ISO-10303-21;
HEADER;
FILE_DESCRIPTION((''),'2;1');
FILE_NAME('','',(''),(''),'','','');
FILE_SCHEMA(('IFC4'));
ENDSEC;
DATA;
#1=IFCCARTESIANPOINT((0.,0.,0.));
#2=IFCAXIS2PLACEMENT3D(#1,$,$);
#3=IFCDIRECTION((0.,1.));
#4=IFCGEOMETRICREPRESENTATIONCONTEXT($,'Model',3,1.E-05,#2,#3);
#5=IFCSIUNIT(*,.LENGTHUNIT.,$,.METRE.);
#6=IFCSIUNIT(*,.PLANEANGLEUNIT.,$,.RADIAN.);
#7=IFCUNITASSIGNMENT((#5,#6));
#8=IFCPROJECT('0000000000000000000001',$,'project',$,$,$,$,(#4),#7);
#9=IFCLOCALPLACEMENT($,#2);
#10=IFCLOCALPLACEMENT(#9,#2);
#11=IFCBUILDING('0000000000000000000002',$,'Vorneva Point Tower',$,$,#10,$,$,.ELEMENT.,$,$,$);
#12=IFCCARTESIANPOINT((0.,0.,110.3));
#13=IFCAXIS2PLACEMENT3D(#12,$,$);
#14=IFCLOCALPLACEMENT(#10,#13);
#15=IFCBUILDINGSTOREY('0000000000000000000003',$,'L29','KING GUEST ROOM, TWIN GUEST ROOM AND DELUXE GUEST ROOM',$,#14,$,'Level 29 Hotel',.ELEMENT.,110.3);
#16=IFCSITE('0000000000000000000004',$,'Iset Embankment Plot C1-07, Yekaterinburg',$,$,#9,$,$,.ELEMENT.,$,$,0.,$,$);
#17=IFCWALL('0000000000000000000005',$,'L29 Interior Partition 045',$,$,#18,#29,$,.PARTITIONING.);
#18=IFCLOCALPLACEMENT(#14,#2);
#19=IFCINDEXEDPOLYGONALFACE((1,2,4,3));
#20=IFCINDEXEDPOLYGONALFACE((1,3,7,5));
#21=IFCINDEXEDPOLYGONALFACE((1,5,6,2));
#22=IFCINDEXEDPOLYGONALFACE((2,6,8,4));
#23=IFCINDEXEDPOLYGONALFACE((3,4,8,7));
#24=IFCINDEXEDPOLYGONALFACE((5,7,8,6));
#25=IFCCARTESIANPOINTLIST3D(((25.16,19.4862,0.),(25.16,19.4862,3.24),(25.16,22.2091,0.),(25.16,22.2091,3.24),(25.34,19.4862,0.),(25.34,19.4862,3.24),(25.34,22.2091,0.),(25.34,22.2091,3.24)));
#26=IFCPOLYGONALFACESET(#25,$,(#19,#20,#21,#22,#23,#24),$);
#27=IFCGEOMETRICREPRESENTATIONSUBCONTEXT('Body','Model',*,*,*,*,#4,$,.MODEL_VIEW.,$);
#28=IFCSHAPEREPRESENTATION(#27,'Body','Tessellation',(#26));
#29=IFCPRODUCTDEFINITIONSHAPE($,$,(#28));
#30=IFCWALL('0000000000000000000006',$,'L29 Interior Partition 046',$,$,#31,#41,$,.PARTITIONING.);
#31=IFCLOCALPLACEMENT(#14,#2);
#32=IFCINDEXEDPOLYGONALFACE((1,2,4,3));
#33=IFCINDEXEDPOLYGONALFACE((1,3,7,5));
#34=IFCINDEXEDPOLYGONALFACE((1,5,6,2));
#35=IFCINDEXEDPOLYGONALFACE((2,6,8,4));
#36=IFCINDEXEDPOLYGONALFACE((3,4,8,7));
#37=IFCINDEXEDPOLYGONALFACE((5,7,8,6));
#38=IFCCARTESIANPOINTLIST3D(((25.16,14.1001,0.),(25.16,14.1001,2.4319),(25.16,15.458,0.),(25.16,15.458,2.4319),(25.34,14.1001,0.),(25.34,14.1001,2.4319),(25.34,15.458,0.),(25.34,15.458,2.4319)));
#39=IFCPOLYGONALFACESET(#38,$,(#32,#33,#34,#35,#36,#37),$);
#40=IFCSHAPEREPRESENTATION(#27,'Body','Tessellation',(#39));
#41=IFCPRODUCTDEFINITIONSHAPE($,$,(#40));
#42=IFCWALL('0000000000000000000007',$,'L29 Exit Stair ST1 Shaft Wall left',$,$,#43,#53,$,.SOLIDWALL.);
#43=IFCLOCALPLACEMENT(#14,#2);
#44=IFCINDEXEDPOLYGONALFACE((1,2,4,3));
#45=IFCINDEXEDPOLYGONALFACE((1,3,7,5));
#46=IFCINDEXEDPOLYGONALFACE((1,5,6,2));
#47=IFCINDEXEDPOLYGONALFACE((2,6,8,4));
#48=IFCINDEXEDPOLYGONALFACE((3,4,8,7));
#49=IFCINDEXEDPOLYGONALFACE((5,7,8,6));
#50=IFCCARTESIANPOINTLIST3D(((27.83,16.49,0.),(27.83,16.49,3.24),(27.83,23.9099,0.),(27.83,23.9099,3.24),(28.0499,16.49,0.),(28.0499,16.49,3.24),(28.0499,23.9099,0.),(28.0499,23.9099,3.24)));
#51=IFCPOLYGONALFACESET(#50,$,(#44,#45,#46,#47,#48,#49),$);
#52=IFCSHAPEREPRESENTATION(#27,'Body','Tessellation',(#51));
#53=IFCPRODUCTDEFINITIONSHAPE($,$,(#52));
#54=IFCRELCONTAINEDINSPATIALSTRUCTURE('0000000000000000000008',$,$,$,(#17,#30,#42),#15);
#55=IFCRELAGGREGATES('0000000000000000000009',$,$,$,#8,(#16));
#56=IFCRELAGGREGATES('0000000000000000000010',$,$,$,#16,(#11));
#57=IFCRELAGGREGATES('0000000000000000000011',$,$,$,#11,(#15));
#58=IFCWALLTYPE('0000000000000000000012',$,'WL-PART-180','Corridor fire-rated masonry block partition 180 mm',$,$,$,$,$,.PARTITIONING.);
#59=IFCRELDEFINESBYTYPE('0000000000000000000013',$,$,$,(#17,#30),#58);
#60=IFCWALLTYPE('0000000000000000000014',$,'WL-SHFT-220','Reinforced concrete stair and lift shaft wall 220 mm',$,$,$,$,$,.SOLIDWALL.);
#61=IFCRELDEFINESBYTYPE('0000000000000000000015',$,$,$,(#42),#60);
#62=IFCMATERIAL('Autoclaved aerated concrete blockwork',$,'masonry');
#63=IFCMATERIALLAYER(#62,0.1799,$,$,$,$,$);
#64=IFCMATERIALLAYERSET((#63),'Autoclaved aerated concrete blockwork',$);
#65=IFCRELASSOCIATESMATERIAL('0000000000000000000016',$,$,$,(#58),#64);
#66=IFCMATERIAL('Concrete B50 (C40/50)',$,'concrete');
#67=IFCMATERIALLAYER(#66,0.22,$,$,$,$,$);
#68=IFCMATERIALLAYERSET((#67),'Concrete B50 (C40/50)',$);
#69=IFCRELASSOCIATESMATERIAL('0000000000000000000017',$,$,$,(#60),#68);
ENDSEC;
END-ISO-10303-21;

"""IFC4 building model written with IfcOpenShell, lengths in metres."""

from ifc_helpers import new_model, si_unit, direction, frame, frame_2d, origin, place, context, subcontext, project, spatial, rectangle, extrude, material, layer, layer_set, type_object, element, save


model = new_model("IFC4")

# Units and contexts
model_context = context("Model", 3, precision=1e-05, world=origin(), true_north=direction((0.0, 1.0)))
body_context = subcontext(model_context, "Body", "Model", "MODEL_VIEW")
ifc_project = project(units=[si_unit("LENGTHUNIT", "METRE"), si_unit("PLANEANGLEUNIT", "RADIAN")], contexts=[model_context])

# Site, building, storey
site_placement = place(None, origin())
site = spatial("IfcSite", under=ifc_project, at=site_placement, Name="Iset Embankment Plot C1-07, Yekaterinburg", CompositionType="ELEMENT", RefElevation=0.0)
building_placement = place(site_placement, origin())
building = spatial("IfcBuilding", under=site, at=building_placement, Name="Vorneva Point Tower", CompositionType="ELEMENT")
storey_placement = place(building_placement, frame((0.0, 0.0, 110.3)))
storey = spatial("IfcBuildingStorey", under=building, at=storey_placement, Name="L29", Description="KING GUEST ROOM, TWIN GUEST ROOM AND DELUXE GUEST ROOM", LongName="Level 29 Hotel", CompositionType="ELEMENT", Elevation=110.3)

# Shared definitions
ifc_material_1 = material(Name="Autoclaved aerated concrete blockwork", Category="masonry")
ifc_layer_1 = layer(ifc_material_1, 0.1799)
ifc_layer_set_1 = layer_set([ifc_layer_1], Name="Autoclaved aerated concrete blockwork")
wall_type_1 = type_object("IfcWallType", Name="WL-PART-180", Description="Corridor fire-rated masonry block partition 180 mm", PredefinedType="PARTITIONING", material=ifc_layer_set_1)

# Walls
wall_1_placement = place(storey_placement, frame((25.25, 22.209, 0.0), z_axis=(0.0, 0.0, 1.0), x_axis=(0.0, -1.0, 0.0)))
element("IfcWall", 1, at=wall_1_placement, inside=storey, type_object=wall_type_1, Name="L29 Interior Partition 045", PredefinedType="PARTITIONING", context=body_context, shape_type="SweptSolid", body=[
    extrude(rectangle(XDim=2.7229, YDim=0.1799, at=frame_2d((1.3613, 0.0))), origin(), (0.0, 0.0, 1.0), 3.24),
])
wall_2_placement = place(storey_placement, frame((25.25, 15.458, 0.0), z_axis=(0.0, 0.0, 1.0), x_axis=(0.0, -1.0, 0.0)))
element("IfcWall", 2, at=wall_2_placement, inside=storey, type_object=wall_type_1, Name="L29 Interior Partition 046", PredefinedType="PARTITIONING", context=body_context, shape_type="SweptSolid", body=[
    extrude(rectangle(XDim=1.3579, YDim=0.1799, at=frame_2d((0.679, 0.0))), origin(), (0.0, 0.0, 1.0), 2.4319),
])

# Shared definitions
ifc_material_2 = material(Name="Concrete B50 (C40/50)", Category="concrete")
ifc_layer_2 = layer(ifc_material_2, 0.22)
ifc_layer_set_2 = layer_set([ifc_layer_2], Name="Concrete B50 (C40/50)")
wall_type_2 = type_object("IfcWallType", Name="WL-SHFT-220", Description="Reinforced concrete stair and lift shaft wall 220 mm", PredefinedType="SOLIDWALL", material=ifc_layer_set_2)

# Wall
wall_3_placement = place(storey_placement, frame((27.9399, 16.49, 0.0), z_axis=(0.0, 0.0, 1.0), x_axis=(0.0, 1.0, 0.0)))
element("IfcWall", 3, at=wall_3_placement, inside=storey, type_object=wall_type_2, Name="L29 Exit Stair ST1 Shaft Wall left", PredefinedType="SOLIDWALL", context=body_context, shape_type="SweptSolid", body=[
    extrude(rectangle(XDim=7.4199, YDim=0.22, at=frame_2d((3.71, 0.0))), origin(), (0.0, 0.0, 1.0), 3.24),
])

save(model, "model.ifc")
